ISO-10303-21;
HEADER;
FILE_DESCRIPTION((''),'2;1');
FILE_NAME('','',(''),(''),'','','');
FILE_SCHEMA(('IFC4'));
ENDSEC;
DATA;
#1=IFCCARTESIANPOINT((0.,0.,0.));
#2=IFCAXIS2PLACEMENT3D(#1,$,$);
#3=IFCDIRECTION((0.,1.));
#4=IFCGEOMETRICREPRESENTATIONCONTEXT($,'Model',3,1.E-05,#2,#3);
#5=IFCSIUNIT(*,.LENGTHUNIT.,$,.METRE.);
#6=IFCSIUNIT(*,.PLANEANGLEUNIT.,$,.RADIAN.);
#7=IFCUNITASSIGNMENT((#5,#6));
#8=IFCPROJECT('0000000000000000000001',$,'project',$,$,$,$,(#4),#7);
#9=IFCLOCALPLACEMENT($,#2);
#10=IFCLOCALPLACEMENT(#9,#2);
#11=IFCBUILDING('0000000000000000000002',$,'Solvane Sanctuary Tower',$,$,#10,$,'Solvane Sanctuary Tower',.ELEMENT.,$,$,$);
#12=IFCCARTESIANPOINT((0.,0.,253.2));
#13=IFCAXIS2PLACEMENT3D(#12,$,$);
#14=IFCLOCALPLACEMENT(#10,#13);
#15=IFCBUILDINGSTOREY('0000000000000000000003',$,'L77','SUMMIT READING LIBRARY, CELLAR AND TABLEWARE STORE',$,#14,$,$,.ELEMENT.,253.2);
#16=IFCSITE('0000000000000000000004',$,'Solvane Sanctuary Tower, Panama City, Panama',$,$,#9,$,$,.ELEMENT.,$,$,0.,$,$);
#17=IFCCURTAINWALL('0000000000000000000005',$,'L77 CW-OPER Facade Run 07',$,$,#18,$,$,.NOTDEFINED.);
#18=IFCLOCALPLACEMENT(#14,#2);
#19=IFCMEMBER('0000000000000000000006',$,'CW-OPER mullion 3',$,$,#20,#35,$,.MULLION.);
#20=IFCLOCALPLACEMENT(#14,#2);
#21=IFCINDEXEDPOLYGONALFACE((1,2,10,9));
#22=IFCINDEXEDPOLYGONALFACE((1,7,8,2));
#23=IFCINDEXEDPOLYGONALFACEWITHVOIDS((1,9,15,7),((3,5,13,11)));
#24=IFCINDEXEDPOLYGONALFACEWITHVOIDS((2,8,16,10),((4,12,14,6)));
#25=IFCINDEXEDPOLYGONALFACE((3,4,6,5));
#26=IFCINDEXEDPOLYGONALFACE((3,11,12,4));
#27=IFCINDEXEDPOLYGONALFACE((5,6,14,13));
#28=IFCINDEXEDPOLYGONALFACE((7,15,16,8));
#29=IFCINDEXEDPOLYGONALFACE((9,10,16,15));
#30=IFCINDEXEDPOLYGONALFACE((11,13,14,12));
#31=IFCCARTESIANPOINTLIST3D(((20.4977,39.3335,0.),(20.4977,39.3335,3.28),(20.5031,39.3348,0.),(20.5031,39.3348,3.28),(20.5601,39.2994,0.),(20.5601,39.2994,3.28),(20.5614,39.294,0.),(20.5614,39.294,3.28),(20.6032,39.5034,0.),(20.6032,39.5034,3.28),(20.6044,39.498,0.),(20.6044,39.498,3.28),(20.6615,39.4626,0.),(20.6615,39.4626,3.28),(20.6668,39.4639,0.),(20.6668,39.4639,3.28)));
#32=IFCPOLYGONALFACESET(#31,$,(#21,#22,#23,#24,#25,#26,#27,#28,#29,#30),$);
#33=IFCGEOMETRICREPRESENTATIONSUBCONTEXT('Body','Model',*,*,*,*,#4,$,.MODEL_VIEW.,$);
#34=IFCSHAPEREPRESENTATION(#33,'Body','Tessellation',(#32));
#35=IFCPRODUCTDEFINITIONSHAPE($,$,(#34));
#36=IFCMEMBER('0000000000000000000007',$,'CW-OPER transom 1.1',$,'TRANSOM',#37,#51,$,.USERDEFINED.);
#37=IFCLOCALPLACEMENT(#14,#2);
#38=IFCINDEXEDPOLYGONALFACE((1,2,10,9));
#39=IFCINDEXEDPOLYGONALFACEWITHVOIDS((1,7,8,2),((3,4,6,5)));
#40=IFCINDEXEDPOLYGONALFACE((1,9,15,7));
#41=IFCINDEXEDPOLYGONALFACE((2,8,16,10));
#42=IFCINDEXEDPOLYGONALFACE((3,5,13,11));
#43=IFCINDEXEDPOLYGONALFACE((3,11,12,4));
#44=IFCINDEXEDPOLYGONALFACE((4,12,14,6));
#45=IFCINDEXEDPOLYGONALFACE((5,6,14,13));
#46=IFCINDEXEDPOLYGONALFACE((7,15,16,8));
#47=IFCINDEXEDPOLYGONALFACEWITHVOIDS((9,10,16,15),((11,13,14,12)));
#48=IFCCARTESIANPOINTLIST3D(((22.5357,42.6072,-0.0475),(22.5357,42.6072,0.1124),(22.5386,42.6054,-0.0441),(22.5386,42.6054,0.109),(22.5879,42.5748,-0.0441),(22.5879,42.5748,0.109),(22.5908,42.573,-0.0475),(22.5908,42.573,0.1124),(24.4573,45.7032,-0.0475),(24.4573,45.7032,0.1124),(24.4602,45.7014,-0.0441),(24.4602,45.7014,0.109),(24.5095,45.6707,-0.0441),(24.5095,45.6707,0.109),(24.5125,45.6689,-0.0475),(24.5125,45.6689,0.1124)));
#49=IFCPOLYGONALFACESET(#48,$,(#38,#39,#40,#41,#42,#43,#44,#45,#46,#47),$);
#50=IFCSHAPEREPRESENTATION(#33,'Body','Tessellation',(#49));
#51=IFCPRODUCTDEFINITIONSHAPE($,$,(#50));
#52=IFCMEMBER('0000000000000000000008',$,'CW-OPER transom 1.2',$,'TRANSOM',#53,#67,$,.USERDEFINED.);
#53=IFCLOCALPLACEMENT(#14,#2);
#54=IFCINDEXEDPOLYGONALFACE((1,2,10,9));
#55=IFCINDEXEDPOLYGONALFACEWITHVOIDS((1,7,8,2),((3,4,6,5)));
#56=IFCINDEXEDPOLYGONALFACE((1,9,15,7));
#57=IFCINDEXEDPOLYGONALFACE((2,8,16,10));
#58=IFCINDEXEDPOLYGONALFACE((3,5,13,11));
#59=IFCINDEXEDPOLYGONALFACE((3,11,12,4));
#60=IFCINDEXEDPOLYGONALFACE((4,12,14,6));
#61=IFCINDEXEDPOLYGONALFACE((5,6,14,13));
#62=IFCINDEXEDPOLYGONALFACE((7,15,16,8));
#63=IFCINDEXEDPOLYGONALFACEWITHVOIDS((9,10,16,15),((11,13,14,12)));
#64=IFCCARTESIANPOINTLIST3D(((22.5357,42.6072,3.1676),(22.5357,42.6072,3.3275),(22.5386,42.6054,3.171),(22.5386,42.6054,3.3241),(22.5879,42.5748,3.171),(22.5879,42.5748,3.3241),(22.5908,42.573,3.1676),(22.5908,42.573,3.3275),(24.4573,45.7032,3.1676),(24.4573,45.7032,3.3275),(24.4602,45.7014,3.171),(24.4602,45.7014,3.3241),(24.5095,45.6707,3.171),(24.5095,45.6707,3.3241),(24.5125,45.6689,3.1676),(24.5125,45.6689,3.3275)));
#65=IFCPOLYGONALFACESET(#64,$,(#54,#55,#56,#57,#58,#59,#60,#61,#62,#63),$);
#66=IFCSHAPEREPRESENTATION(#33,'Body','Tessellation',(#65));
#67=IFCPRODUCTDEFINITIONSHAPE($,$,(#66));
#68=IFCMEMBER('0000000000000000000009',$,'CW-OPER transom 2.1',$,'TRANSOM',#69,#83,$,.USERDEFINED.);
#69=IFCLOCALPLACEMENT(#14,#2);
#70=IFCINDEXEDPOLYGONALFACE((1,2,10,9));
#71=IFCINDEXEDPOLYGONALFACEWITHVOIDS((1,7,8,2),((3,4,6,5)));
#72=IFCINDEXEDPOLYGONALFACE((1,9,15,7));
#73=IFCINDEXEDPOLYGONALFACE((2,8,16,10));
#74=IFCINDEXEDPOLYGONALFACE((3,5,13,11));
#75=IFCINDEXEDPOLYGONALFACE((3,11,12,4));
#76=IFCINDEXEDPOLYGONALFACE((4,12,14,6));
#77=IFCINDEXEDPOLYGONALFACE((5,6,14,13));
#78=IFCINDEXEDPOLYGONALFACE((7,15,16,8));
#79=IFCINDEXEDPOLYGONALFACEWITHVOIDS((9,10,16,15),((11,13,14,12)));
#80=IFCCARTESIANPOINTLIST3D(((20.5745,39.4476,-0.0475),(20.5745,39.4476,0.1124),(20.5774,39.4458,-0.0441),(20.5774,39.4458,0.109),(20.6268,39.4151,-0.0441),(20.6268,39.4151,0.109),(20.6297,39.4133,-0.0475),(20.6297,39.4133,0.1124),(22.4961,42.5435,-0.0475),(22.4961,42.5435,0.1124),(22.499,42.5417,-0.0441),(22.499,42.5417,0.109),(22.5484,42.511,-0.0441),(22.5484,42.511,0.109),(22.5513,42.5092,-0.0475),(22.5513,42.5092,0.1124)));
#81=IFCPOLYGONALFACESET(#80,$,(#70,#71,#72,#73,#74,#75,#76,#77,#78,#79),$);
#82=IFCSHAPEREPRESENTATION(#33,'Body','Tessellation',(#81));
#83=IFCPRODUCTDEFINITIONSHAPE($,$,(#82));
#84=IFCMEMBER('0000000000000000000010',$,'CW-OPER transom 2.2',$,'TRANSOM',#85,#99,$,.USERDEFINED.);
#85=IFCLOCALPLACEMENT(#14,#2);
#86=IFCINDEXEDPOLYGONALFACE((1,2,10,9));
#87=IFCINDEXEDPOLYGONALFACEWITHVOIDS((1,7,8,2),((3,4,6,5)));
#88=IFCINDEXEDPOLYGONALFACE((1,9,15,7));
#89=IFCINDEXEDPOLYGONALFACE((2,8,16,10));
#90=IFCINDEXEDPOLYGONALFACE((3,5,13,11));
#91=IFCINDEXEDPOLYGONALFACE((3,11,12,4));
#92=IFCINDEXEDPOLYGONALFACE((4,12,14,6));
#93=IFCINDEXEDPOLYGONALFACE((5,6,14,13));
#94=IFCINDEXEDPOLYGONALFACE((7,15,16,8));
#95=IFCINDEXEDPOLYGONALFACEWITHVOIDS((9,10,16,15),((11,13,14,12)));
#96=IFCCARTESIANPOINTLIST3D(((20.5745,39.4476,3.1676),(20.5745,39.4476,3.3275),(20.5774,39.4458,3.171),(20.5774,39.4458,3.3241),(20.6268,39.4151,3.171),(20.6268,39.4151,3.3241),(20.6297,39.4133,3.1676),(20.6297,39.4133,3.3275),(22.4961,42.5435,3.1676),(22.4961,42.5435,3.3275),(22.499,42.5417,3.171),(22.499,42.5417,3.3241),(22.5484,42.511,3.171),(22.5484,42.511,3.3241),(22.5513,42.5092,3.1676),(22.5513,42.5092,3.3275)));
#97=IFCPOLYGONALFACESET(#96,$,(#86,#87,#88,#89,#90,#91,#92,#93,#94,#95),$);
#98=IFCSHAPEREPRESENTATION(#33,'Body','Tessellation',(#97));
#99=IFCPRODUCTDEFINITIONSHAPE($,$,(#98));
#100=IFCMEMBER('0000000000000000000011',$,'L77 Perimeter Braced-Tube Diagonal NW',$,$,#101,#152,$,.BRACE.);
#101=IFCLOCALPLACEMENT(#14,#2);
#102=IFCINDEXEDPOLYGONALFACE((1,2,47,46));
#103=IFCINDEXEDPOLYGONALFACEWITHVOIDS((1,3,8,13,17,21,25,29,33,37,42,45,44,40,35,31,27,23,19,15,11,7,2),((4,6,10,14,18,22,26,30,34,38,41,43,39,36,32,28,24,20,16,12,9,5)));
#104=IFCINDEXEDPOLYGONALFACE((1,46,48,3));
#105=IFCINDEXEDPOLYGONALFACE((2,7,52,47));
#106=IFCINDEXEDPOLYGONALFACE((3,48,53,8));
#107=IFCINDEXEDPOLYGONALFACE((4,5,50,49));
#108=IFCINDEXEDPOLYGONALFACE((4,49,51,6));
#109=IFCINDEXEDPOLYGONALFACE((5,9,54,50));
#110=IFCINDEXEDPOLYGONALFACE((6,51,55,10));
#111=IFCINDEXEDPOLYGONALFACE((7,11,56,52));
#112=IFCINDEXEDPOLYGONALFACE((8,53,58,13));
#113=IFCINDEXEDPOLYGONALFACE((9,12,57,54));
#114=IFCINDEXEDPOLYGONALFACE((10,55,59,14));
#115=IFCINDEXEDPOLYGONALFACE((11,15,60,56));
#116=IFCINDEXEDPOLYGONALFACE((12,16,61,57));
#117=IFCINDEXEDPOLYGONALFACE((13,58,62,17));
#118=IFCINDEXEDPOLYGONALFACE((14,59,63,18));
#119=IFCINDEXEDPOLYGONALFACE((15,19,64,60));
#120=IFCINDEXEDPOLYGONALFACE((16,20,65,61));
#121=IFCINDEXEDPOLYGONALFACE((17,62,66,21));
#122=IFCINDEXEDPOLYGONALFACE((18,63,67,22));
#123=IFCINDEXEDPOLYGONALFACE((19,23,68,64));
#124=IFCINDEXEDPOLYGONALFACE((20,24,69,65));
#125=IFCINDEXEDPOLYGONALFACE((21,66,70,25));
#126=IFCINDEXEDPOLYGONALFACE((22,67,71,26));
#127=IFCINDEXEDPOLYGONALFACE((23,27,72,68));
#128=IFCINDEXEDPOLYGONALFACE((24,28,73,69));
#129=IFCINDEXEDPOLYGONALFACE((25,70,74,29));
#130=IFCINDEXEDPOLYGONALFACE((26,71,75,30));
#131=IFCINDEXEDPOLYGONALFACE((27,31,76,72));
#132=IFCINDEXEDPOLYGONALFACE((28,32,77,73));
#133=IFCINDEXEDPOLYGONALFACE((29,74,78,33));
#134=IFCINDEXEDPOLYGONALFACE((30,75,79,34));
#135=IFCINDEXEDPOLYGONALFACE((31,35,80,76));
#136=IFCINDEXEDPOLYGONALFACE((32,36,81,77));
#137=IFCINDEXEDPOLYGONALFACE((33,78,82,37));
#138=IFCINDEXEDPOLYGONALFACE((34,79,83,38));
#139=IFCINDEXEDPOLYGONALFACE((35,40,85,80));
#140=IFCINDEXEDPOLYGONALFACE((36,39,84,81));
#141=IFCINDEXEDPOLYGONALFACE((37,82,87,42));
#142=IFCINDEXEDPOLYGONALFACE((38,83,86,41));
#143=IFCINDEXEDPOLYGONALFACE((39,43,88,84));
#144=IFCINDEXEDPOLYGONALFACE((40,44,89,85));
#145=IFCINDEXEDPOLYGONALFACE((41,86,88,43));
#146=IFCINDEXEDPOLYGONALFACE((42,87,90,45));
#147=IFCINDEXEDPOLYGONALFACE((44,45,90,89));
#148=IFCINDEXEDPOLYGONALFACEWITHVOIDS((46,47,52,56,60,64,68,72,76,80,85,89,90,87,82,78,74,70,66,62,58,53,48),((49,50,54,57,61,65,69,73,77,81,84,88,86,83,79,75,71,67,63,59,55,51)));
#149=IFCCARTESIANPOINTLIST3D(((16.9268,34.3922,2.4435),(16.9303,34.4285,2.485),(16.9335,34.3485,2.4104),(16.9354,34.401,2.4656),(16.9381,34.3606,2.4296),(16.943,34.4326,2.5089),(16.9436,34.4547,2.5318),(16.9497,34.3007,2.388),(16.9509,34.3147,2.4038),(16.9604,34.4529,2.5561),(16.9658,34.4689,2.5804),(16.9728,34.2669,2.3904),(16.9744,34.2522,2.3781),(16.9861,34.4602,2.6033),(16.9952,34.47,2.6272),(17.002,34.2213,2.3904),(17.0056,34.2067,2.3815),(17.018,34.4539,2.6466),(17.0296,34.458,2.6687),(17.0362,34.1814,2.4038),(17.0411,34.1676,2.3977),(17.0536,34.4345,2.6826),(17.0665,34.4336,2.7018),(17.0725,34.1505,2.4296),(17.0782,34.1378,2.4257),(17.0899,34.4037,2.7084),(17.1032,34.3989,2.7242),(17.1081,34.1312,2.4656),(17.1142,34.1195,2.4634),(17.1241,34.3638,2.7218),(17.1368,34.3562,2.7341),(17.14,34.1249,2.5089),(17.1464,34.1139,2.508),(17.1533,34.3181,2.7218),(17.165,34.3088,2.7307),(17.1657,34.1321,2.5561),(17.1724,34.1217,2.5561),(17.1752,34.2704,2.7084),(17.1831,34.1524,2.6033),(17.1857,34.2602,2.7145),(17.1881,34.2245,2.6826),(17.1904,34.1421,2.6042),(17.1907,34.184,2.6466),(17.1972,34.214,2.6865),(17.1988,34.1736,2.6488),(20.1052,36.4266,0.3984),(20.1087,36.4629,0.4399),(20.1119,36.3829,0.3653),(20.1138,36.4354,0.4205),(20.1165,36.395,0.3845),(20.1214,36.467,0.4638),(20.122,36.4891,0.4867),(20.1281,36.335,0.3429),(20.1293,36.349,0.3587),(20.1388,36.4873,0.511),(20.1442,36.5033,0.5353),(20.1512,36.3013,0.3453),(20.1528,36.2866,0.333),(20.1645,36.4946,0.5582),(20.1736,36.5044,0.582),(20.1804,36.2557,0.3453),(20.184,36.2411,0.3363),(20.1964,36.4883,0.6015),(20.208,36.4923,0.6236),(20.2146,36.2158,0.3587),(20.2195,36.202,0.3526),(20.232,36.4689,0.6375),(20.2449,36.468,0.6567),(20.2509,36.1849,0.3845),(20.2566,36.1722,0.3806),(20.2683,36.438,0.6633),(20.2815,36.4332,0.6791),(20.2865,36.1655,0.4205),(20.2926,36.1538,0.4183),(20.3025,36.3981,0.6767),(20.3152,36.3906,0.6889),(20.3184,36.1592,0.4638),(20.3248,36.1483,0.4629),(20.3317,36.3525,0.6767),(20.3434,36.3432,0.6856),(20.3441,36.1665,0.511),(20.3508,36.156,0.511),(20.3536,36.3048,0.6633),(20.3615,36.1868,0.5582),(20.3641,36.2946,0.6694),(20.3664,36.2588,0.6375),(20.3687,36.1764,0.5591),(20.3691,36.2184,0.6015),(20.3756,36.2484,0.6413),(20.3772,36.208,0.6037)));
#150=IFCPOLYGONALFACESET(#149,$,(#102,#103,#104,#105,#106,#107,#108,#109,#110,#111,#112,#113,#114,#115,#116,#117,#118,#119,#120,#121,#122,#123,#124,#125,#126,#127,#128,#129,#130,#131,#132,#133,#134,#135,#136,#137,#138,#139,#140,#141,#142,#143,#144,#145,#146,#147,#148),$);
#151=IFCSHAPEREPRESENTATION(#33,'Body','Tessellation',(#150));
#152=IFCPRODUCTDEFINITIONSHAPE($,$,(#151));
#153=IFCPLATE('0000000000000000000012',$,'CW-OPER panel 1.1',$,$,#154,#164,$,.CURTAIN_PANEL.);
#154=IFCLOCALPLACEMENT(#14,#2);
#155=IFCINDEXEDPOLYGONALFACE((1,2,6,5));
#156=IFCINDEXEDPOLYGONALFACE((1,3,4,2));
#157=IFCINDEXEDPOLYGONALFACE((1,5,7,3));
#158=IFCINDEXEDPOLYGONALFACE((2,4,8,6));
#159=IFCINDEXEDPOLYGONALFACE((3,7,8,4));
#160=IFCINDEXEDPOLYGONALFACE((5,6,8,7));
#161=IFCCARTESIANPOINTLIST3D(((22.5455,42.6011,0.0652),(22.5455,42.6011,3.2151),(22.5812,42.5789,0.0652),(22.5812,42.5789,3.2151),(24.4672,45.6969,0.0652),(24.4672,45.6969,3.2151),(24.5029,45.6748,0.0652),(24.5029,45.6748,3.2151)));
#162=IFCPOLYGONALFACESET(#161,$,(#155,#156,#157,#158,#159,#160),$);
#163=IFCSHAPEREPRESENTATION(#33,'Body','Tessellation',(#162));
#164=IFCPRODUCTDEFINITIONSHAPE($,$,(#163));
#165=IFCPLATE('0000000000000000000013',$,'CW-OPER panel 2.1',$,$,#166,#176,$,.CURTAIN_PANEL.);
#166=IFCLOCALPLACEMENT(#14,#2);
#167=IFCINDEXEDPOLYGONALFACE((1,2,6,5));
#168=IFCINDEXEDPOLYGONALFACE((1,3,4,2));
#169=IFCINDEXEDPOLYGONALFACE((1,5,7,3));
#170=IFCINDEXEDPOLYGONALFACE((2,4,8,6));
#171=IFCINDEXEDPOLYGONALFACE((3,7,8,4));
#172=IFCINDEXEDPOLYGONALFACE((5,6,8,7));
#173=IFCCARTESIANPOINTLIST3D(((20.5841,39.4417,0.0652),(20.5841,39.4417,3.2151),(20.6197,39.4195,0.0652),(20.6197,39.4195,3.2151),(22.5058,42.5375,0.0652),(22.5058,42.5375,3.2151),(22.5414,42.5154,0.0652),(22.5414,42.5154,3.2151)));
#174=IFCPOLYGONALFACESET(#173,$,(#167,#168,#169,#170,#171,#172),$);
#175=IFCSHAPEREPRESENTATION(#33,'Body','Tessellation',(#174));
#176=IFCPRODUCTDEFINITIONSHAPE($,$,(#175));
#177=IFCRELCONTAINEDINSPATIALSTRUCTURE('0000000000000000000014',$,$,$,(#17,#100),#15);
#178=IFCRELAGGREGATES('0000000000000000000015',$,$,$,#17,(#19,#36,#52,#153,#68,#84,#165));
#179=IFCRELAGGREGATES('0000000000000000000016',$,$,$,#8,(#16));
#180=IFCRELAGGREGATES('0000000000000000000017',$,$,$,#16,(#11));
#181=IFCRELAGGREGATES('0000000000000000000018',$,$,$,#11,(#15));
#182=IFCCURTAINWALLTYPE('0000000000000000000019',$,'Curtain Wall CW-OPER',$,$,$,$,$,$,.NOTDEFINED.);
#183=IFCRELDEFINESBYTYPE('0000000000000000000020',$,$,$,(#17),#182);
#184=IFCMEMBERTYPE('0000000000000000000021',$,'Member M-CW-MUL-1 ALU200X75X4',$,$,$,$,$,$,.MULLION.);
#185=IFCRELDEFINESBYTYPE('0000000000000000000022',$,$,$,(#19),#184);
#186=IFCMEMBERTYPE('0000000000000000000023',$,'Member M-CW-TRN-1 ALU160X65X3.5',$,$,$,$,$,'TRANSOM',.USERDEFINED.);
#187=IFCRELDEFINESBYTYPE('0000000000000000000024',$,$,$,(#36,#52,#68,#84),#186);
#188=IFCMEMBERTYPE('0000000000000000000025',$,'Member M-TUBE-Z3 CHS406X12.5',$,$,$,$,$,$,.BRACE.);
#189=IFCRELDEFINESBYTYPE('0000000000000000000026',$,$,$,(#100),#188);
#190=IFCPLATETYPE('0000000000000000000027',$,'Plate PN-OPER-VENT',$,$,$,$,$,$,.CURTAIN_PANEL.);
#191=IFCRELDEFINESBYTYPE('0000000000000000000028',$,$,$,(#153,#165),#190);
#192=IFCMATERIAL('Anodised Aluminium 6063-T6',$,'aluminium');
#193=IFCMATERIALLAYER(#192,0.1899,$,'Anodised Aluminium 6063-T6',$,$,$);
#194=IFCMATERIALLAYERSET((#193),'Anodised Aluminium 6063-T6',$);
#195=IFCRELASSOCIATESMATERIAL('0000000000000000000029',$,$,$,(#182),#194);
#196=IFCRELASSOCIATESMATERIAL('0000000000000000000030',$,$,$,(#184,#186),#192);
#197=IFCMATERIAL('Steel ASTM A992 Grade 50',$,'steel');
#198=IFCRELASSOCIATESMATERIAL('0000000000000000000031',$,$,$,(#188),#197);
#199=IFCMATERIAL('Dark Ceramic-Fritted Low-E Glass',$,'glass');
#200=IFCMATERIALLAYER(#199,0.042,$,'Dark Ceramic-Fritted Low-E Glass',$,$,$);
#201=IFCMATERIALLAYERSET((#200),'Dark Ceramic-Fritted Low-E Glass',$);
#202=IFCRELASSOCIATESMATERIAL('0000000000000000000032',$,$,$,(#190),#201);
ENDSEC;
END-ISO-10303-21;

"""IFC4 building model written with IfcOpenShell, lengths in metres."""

from ifc_helpers import new_model, si_unit, direction, frame, origin, origin_2d, place, context, subcontext, project, spatial, rectangle, hollow_rectangle, hollow_circle, extrude, material, layer, layer_set, material_profile, profile_set, type_object, element, aggregate, save


model = new_model("IFC4")

# Units and contexts
model_context = context("Model", 3, precision=1e-05, world=origin(), true_north=direction((0.0, 1.0)))
body_context = subcontext(model_context, "Body", "Model", "MODEL_VIEW")
ifc_project = project(units=[si_unit("LENGTHUNIT", "METRE"), si_unit("PLANEANGLEUNIT", "RADIAN")], contexts=[model_context])

# Site, building, storey
site_placement = place(None, origin())
site = spatial("IfcSite", under=ifc_project, at=site_placement, Name="Solvane Sanctuary Tower, Panama City, Panama", CompositionType="ELEMENT", RefElevation=0.0)
building_placement = place(site_placement, origin())
building = spatial("IfcBuilding", under=site, at=building_placement, Name="Solvane Sanctuary Tower", LongName="Solvane Sanctuary Tower", CompositionType="ELEMENT")
storey_placement = place(building_placement, frame((0.0, 0.0, 253.2)))
storey = spatial("IfcBuildingStorey", under=building, at=storey_placement, Name="L77", Description="SUMMIT READING LIBRARY, CELLAR AND TABLEWARE STORE", CompositionType="ELEMENT", Elevation=253.2)

# Shared definitions
ifc_material_1 = material(Name="Steel ASTM A992 Grade 50", Category="steel")

# Curtain wall, members
ifc_material_2 = material(Name="Anodised Aluminium 6063-T6", Category="aluminium")
ifc_layer_1 = layer(ifc_material_2, 0.1899, Name="Anodised Aluminium 6063-T6")
ifc_layer_set_1 = layer_set([ifc_layer_1], Name="Anodised Aluminium 6063-T6")
curtain_wall_type = type_object("IfcCurtainWallType", Name="Curtain Wall CW-OPER", PredefinedType="NOTDEFINED", material=ifc_layer_set_1)
curtain_wall_placement = place(storey_placement, origin())
curtain_wall = element("IfcCurtainWall", 1, at=curtain_wall_placement, inside=storey, type_object=curtain_wall_type, Name="L77 CW-OPER Facade Run 07", PredefinedType="NOTDEFINED")
ifc_material_profile_1 = material_profile(ifc_material_2, hollow_rectangle(XDim=0.075, YDim=0.2, WallThickness=0.0039, at=origin_2d()), Name="ALU200X75X4")
ifc_profile_set_1 = profile_set([ifc_material_profile_1], Name="Anodised Aluminium 6063-T6")
member_type_1 = type_object("IfcMemberType", Name="Member M-CW-MUL-1 ALU200X75X4", PredefinedType="MULLION", material=ifc_profile_set_1)
member_1_placement = place(storey_placement, frame((20.5823, 39.3987, 0.0), z_axis=(0.0, 0.0, 1.0), x_axis=(0.849622, -0.527392, 0.0)))
member_1 = element("IfcMember", 2, at=member_1_placement, type_object=member_type_1, Name="CW-OPER mullion 3", PredefinedType="MULLION", context=body_context, shape_type="SweptSolid", body=[
    extrude(hollow_rectangle(XDim=0.075, YDim=0.2, WallThickness=0.0039, at=origin_2d()), origin(), (0.0, 0.0, 1.0), 3.28),
])
ifc_material_profile_2 = material_profile(ifc_material_2, hollow_rectangle(XDim=0.0649, YDim=0.1599, WallThickness=0.0034, at=origin_2d()), Name="ALU160X65X3.5")
ifc_profile_set_2 = profile_set([ifc_material_profile_2], Name="Anodised Aluminium 6063-T6")
member_type_2 = type_object("IfcMemberType", Name="Member M-CW-TRN-1 ALU160X65X3.5", ElementType="TRANSOM", PredefinedType="USERDEFINED", material=ifc_profile_set_2)
member_2_placement = place(storey_placement, frame((24.4849, 45.686, 0.0325), z_axis=(-0.527365, -0.849639, 0.0), x_axis=(0.849639, -0.527365, 0.0)))
member_2 = element("IfcMember", 3, at=member_2_placement, type_object=member_type_2, Name="CW-OPER transom 1.1", ObjectType="TRANSOM", PredefinedType="USERDEFINED", context=body_context, shape_type="SweptSolid", body=[
    extrude(hollow_rectangle(XDim=0.0649, YDim=0.1599, WallThickness=0.0034, at=origin_2d()), origin(), (0.0, 0.0, 1.0), 3.6438),
])
member_3_placement = place(storey_placement, frame((24.4849, 45.686, 3.2476), z_axis=(-0.527365, -0.849639, 0.0), x_axis=(0.849639, -0.527365, 0.0)))
member_3 = element("IfcMember", 4, at=member_3_placement, type_object=member_type_2, Name="CW-OPER transom 1.2", ObjectType="TRANSOM", PredefinedType="USERDEFINED", context=body_context, shape_type="SweptSolid", body=[
    extrude(hollow_rectangle(XDim=0.0649, YDim=0.1599, WallThickness=0.0034, at=origin_2d()), origin(), (0.0, 0.0, 1.0), 3.6438),
])
member_4_placement = place(storey_placement, frame((22.5237, 42.5264, 0.0325), z_axis=(-0.527365, -0.849639, 0.0), x_axis=(0.849639, -0.527365, 0.0)))
member_4 = element("IfcMember", 5, at=member_4_placement, type_object=member_type_2, Name="CW-OPER transom 2.1", ObjectType="TRANSOM", PredefinedType="USERDEFINED", context=body_context, shape_type="SweptSolid", body=[
    extrude(hollow_rectangle(XDim=0.0649, YDim=0.1599, WallThickness=0.0034, at=origin_2d()), origin(), (0.0, 0.0, 1.0), 3.6438),
])
member_5_placement = place(storey_placement, frame((22.5237, 42.5264, 3.2476), z_axis=(-0.527365, -0.849639, 0.0), x_axis=(0.849639, -0.527365, 0.0)))
member_5 = element("IfcMember", 6, at=member_5_placement, type_object=member_type_2, Name="CW-OPER transom 2.2", ObjectType="TRANSOM", PredefinedType="USERDEFINED", context=body_context, shape_type="SweptSolid", body=[
    extrude(hollow_rectangle(XDim=0.0649, YDim=0.1599, WallThickness=0.0034, at=origin_2d()), origin(), (0.0, 0.0, 1.0), 3.6438),
])

# Member
ifc_material_profile_3 = material_profile(ifc_material_1, hollow_circle(Radius=0.2029, WallThickness=0.0125, at=origin_2d()), Name="CHS406X12.5")
ifc_profile_set_3 = profile_set([ifc_material_profile_3], Name="Steel ASTM A992 Grade 50")
member_type_3 = type_object("IfcMemberType", Name="Member M-TUBE-Z3 CHS406X12.5", PredefinedType="BRACE", material=ifc_profile_set_3)
member_6_placement = place(storey_placement, frame((20.2415, 36.3269, 0.511), z_axis=(-0.740496, -0.473965, 0.476468), x_axis=(0.539092, -0.842247, 0.0)))
element("IfcMember", 7, at=member_6_placement, inside=storey, type_object=member_type_3, Name="L77 Perimeter Braced-Tube Diagonal NW", PredefinedType="BRACE", context=body_context, shape_type="SweptSolid", body=[
    extrude(hollow_circle(Radius=0.2029, WallThickness=0.0125, at=origin_2d()), origin(), (0.0, 0.0, 1.0), 4.2922),
])

# Plates
ifc_material_3 = material(Name="Dark Ceramic-Fritted Low-E Glass", Category="glass")
ifc_layer_2 = layer(ifc_material_3, 0.042, Name="Dark Ceramic-Fritted Low-E Glass")
ifc_layer_set_2 = layer_set([ifc_layer_2], Name="Dark Ceramic-Fritted Low-E Glass")
plate_type = type_object("IfcPlateType", Name="Plate PN-OPER-VENT", PredefinedType="CURTAIN_PANEL", material=ifc_layer_set_2)
plate_1_placement = place(storey_placement, frame((23.5242, 44.1379, 0.0652), z_axis=(0.0, 0.0, 1.0), x_axis=(-0.527392, -0.849622, 0.0)))
plate_1 = element("IfcPlate", 8, at=plate_1_placement, type_object=plate_type, Name="CW-OPER panel 1.1", PredefinedType="CURTAIN_PANEL", context=body_context, shape_type="SweptSolid", body=[
    extrude(rectangle(XDim=3.6438, YDim=0.042, at=origin_2d()), origin(), (0.0, 0.0, 1.0), 3.1499),
])
plate_2_placement = place(storey_placement, frame((21.5627, 40.9785, 0.0652), z_axis=(0.0, 0.0, 1.0), x_axis=(-0.527392, -0.849622, 0.0)))
plate_2 = element("IfcPlate", 9, at=plate_2_placement, type_object=plate_type, Name="CW-OPER panel 2.1", PredefinedType="CURTAIN_PANEL", context=body_context, shape_type="SweptSolid", body=[
    extrude(rectangle(XDim=3.6438, YDim=0.042, at=origin_2d()), origin(), (0.0, 0.0, 1.0), 3.1499),
])
aggregate(curtain_wall, [member_1, member_2, member_3, plate_1, member_4, member_5, plate_2])

save(model, "model.ifc")
